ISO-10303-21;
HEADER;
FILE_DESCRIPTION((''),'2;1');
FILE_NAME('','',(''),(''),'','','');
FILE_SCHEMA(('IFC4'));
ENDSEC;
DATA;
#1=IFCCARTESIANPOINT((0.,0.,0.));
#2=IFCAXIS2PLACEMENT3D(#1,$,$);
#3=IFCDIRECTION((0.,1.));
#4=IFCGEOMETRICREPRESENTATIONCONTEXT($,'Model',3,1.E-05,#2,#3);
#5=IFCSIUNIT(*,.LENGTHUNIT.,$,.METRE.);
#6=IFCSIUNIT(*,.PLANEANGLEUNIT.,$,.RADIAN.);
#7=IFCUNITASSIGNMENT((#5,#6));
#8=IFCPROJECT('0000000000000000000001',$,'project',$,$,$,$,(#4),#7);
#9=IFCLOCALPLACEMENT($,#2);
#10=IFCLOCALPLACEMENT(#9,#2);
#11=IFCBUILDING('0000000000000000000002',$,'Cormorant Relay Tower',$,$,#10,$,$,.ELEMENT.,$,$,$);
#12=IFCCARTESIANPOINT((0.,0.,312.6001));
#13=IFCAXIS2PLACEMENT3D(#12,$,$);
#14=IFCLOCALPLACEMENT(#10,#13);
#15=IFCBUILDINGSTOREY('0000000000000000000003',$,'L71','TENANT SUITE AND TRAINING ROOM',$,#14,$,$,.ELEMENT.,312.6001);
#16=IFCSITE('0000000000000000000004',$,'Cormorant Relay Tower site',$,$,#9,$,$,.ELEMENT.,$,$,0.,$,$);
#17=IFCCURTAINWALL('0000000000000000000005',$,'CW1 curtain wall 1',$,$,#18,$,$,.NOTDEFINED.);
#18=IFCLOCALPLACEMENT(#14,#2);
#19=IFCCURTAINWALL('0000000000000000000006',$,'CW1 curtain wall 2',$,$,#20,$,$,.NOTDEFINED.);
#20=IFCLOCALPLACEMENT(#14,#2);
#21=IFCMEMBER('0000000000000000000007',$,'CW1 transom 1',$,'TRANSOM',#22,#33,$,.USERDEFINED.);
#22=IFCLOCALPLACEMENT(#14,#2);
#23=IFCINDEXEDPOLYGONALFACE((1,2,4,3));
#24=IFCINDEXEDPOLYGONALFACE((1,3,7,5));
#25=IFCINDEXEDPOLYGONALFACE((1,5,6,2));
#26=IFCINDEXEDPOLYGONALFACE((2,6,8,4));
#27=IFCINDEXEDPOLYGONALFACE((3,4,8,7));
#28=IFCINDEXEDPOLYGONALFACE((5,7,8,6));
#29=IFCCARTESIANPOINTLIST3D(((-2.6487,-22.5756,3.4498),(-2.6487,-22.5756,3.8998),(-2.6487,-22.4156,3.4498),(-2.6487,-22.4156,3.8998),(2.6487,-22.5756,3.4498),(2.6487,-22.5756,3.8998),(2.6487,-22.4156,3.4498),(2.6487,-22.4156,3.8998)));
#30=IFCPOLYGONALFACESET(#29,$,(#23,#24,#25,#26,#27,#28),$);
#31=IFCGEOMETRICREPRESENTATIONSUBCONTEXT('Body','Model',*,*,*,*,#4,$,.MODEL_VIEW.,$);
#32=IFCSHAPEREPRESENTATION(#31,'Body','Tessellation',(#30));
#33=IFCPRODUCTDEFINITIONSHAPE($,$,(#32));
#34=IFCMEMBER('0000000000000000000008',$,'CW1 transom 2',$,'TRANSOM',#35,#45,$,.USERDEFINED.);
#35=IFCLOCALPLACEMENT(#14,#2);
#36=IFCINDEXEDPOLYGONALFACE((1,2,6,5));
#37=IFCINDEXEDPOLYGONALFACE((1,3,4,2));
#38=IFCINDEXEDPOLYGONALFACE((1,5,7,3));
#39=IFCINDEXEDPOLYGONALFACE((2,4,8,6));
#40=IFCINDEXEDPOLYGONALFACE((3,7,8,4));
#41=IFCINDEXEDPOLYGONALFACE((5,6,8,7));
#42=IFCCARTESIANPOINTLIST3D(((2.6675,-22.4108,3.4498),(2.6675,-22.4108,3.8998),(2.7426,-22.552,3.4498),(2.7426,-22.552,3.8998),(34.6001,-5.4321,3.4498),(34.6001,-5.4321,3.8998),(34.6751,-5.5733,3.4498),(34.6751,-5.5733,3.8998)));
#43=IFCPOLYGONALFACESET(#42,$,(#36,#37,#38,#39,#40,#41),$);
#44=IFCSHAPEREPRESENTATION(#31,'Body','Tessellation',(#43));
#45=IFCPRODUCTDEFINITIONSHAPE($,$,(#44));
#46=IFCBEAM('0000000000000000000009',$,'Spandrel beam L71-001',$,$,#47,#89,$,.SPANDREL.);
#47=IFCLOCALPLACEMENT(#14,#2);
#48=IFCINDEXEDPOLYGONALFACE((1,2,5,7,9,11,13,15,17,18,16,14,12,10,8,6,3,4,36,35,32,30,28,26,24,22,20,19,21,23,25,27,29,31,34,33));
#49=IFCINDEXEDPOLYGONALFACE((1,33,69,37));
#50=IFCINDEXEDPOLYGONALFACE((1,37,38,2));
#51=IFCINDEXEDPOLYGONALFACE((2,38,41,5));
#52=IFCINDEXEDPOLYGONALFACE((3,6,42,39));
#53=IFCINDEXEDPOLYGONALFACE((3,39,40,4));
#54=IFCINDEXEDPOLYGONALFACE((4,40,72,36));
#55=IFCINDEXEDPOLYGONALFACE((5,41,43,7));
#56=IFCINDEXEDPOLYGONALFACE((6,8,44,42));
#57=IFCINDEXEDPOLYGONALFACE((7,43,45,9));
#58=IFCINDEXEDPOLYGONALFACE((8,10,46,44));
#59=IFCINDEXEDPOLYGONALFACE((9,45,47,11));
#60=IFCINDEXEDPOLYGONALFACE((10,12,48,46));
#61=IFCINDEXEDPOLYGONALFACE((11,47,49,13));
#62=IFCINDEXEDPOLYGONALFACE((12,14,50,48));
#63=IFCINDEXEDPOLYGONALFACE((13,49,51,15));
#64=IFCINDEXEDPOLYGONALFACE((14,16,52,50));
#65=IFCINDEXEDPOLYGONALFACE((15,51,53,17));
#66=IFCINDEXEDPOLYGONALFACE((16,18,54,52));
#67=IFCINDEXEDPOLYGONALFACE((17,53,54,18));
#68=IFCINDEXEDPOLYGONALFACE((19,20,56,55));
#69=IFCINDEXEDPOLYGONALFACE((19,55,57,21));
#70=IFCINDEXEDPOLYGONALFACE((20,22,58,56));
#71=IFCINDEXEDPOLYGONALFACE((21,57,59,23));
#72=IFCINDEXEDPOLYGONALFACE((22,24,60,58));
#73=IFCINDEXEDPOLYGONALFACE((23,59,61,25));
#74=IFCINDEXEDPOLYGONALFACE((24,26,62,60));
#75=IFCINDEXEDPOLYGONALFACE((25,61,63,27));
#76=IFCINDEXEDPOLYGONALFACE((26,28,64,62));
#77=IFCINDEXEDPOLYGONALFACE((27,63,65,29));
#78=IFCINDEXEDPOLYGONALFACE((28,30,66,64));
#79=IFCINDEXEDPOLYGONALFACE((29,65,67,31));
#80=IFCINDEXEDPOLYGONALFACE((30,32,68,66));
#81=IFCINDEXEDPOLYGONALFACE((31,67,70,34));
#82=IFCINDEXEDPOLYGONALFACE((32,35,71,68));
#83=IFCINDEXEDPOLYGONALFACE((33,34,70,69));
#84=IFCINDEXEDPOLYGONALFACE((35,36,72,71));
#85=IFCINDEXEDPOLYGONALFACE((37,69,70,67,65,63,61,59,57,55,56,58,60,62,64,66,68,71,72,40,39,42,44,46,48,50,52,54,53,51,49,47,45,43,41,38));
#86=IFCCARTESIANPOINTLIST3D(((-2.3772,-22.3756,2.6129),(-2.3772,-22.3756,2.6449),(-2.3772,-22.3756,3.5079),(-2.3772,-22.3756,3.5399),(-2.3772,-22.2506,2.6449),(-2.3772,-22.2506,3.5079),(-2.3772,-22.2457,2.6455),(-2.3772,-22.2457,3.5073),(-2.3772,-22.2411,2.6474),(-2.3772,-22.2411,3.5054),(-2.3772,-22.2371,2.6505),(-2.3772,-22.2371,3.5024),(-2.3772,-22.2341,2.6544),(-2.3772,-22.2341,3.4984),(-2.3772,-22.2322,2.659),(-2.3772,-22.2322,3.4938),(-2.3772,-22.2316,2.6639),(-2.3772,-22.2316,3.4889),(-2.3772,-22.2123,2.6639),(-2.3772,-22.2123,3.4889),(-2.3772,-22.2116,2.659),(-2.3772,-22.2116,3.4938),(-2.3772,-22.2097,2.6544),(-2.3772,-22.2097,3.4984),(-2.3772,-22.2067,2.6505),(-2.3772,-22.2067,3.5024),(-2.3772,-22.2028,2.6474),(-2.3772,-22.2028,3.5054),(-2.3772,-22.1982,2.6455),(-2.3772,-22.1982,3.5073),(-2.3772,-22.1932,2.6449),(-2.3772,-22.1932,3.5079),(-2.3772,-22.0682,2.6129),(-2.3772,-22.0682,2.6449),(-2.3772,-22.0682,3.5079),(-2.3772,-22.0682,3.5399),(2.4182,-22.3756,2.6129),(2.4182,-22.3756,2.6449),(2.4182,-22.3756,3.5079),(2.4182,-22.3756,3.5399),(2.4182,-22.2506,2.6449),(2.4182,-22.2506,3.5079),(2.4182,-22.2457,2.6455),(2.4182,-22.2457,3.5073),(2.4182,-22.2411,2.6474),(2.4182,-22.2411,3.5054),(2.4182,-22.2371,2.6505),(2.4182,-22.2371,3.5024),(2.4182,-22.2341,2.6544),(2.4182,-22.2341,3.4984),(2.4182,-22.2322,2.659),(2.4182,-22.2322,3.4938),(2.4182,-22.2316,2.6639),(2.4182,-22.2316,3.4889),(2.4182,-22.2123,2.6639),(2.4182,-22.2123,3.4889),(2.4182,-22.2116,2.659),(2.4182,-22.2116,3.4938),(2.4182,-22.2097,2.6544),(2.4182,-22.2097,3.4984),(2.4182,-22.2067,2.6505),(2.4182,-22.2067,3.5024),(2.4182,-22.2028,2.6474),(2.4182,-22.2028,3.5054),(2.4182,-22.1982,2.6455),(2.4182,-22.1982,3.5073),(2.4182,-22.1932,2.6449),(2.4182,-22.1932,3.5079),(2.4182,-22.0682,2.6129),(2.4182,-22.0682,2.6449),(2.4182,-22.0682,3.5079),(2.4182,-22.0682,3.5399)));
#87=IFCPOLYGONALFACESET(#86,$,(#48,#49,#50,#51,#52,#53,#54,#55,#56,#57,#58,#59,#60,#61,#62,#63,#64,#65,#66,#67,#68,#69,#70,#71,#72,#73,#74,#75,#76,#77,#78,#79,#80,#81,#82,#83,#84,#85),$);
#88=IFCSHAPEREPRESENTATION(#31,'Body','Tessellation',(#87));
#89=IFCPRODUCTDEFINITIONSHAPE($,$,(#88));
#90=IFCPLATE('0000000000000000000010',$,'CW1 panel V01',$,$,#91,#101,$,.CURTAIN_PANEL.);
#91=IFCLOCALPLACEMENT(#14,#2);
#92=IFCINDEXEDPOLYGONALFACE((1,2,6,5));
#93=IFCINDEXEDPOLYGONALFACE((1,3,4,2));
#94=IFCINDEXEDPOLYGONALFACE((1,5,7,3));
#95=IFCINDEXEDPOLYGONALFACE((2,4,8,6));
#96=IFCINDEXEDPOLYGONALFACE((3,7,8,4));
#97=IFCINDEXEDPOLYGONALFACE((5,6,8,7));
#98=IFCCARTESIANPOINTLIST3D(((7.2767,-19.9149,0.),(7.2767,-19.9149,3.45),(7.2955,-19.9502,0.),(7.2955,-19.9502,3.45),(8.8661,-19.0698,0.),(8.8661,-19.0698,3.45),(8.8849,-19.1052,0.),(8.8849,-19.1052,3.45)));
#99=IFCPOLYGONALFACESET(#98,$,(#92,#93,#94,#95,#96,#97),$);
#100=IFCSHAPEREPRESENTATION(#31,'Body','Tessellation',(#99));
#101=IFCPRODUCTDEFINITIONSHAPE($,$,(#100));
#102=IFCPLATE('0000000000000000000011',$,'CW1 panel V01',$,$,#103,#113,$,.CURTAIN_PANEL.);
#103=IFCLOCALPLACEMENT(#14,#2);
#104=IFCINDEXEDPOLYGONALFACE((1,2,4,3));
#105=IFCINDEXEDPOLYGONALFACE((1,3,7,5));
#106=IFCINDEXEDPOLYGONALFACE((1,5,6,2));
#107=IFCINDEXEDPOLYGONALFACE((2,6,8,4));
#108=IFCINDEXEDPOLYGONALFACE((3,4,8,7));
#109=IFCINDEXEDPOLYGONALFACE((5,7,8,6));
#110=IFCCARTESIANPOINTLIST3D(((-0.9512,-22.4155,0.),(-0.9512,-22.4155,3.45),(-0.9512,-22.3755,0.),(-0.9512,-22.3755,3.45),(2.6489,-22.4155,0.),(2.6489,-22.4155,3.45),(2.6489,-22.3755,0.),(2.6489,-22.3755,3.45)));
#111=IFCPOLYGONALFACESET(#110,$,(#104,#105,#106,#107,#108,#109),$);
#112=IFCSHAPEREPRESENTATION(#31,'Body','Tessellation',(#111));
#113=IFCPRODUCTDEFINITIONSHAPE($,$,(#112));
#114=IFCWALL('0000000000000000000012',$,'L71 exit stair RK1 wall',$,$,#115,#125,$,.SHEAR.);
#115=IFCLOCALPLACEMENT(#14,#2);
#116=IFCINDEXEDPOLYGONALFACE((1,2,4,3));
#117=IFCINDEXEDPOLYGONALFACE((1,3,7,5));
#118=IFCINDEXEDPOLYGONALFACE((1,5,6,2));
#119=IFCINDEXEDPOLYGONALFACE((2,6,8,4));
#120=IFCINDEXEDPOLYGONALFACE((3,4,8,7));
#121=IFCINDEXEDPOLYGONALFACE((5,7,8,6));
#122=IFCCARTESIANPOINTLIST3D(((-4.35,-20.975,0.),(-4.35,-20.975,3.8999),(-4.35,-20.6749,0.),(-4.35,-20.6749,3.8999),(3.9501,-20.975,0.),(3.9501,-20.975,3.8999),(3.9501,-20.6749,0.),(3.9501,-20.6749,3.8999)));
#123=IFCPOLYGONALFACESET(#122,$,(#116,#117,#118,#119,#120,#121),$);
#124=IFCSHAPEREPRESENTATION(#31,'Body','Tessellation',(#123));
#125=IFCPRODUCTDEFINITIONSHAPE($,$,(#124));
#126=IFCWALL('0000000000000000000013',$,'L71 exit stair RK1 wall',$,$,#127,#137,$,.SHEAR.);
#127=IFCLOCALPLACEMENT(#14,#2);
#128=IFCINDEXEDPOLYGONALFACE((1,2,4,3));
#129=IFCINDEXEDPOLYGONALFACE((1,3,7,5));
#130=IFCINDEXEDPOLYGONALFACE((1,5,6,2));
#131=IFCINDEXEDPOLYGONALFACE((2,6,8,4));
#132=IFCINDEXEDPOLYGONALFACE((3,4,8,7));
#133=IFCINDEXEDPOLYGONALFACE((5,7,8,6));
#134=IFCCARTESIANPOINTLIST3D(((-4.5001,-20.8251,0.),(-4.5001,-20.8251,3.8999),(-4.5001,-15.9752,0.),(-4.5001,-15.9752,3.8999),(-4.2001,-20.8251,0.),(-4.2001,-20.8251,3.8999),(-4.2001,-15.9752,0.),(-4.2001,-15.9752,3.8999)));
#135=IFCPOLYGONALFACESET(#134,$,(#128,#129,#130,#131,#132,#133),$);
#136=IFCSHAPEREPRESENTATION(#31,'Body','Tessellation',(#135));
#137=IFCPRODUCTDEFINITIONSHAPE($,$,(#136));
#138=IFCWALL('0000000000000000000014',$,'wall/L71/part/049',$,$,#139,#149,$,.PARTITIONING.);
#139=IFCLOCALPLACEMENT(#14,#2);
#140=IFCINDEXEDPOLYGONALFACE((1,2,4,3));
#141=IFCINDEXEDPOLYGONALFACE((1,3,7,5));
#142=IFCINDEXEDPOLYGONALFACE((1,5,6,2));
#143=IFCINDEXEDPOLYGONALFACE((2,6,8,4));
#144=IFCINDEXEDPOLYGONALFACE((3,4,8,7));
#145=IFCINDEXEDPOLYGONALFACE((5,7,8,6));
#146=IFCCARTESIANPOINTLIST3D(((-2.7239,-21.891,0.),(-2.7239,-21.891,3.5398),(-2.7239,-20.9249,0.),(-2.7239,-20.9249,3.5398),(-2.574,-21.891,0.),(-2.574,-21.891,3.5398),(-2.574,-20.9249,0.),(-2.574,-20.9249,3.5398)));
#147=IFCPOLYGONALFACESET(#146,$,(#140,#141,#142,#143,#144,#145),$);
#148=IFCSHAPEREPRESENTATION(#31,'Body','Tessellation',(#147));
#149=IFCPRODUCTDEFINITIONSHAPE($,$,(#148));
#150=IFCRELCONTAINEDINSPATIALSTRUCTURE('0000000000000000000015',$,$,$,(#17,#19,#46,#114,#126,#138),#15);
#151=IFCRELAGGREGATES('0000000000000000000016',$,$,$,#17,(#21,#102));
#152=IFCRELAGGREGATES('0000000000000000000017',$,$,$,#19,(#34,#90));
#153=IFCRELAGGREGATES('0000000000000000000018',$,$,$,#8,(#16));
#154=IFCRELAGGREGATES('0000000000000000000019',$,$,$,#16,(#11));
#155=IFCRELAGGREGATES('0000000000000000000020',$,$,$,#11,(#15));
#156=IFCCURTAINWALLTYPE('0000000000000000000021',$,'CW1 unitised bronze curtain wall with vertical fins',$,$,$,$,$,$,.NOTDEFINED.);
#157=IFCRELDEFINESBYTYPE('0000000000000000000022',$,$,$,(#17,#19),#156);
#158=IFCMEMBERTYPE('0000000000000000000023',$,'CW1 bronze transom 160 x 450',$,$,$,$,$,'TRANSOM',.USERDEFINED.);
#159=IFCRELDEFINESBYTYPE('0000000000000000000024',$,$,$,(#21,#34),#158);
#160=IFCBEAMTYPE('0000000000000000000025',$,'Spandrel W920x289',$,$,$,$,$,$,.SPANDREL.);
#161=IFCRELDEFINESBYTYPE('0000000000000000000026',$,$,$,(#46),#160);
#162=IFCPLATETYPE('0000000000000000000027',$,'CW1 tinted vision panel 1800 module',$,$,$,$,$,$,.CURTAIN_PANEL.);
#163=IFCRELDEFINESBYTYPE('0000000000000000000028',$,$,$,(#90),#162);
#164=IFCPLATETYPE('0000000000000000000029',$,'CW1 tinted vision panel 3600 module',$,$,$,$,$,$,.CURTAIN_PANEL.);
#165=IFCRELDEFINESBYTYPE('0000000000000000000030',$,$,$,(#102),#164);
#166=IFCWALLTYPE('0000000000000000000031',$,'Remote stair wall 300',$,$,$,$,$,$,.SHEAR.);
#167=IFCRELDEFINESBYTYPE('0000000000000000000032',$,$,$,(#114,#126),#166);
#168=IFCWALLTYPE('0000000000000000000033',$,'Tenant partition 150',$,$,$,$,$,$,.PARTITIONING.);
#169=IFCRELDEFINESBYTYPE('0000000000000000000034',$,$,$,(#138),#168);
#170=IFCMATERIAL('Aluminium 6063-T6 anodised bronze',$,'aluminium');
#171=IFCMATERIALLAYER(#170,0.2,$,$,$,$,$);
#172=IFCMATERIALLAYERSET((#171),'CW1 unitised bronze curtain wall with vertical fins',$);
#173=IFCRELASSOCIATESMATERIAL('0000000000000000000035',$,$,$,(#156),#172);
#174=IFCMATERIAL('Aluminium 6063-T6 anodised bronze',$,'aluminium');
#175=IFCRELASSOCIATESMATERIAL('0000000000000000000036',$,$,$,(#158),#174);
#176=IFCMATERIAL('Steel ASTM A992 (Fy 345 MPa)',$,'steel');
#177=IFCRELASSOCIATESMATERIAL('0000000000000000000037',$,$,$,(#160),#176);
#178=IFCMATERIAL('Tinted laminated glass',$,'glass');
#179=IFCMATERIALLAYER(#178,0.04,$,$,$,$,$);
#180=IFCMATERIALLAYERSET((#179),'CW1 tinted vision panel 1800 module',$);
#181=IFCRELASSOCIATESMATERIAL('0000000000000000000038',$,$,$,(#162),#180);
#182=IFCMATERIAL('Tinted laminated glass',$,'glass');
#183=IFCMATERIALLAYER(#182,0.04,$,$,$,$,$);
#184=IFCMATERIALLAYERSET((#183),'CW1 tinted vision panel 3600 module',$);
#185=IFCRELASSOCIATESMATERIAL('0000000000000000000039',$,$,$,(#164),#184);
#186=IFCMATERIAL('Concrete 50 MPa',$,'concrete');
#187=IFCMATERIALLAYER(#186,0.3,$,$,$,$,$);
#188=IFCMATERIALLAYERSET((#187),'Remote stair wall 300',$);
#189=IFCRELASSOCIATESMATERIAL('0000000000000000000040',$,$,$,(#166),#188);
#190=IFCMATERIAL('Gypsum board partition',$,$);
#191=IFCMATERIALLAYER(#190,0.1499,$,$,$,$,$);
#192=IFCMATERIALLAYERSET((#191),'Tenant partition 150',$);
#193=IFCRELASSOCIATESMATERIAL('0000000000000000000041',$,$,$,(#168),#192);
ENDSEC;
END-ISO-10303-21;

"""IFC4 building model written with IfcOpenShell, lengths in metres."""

from ifc_helpers import new_model, si_unit, direction, frame, frame_2d, origin, origin_2d, place, context, subcontext, project, spatial, rectangle, i_section, extrude, material, layer, layer_set, material_profile, profile_set, type_object, element, aggregate, save


model = new_model("IFC4")

# Units and contexts
model_context = context("Model", 3, precision=1e-05, world=origin(), true_north=direction((0.0, 1.0)))
body_context = subcontext(model_context, "Body", "Model", "MODEL_VIEW")
ifc_project = project(units=[si_unit("LENGTHUNIT", "METRE"), si_unit("PLANEANGLEUNIT", "RADIAN")], contexts=[model_context])

# Site, building, storey
site_placement = place(None, origin())
site = spatial("IfcSite", under=ifc_project, at=site_placement, Name="Cormorant Relay Tower site", CompositionType="ELEMENT", RefElevation=0.0)
building_placement = place(site_placement, origin())
building = spatial("IfcBuilding", under=site, at=building_placement, Name="Cormorant Relay Tower", CompositionType="ELEMENT")
storey_placement = place(building_placement, frame((0.0, 0.0, 312.6001)))
storey = spatial("IfcBuildingStorey", under=building, at=storey_placement, Name="L71", Description="TENANT SUITE AND TRAINING ROOM", CompositionType="ELEMENT", Elevation=312.6001)

# Curtain wall
ifc_material_1 = material(Name="Aluminium 6063-T6 anodised bronze", Category="aluminium")
ifc_layer_1 = layer(ifc_material_1, 0.2)
ifc_layer_set_1 = layer_set([ifc_layer_1], Name="CW1 unitised bronze curtain wall with vertical fins")
curtain_wall_type = type_object("IfcCurtainWallType", Name="CW1 unitised bronze curtain wall with vertical fins", PredefinedType="NOTDEFINED", material=ifc_layer_set_1)
curtain_wall_1_placement = place(storey_placement, origin())
curtain_wall_1 = element("IfcCurtainWall", 1, at=curtain_wall_1_placement, inside=storey, type_object=curtain_wall_type, Name="CW1 curtain wall 1", PredefinedType="NOTDEFINED")

# Curtain wall
curtain_wall_2_placement = place(storey_placement, origin())
curtain_wall_2 = element("IfcCurtainWall", 2, at=curtain_wall_2_placement, inside=storey, type_object=curtain_wall_type, Name="CW1 curtain wall 2", PredefinedType="NOTDEFINED")

# Members
ifc_material_2 = material(Name="Aluminium 6063-T6 anodised bronze", Category="aluminium")
ifc_material_profile_1 = material_profile(ifc_material_2, rectangle(XDim=0.1599, YDim=0.45, at=origin_2d()), Name="AL 160x450")
ifc_profile_set_1 = profile_set([ifc_material_profile_1], Name="Aluminium 6063-T6 anodised bronze")
member_type_1 = type_object("IfcMemberType", Name="CW1 bronze transom 160 x 450", ElementType="TRANSOM", PredefinedType="USERDEFINED", material=ifc_profile_set_1)
member_1_placement = place(storey_placement, frame((-2.6487, -22.4956, 3.6748), z_axis=(1.0, 0.0, 0.0), x_axis=(0.0, 1.0, 0.0)))
member_1 = element("IfcMember", 3, at=member_1_placement, type_object=member_type_1, Name="CW1 transom 1", ObjectType="TRANSOM", PredefinedType="USERDEFINED", context=body_context, shape_type="SweptSolid", body=[
    extrude(rectangle(XDim=0.1599, YDim=0.45, at=origin_2d()), origin(), (0.0, 0.0, 1.0), 5.2974),
])
member_2_placement = place(storey_placement, frame((2.7051, -22.4814, 3.6748), z_axis=(0.882949, 0.469469, 0.0), x_axis=(-0.469469, 0.882949, 0.0)))
member_2 = element("IfcMember", 4, at=member_2_placement, type_object=member_type_1, Name="CW1 transom 2", ObjectType="TRANSOM", PredefinedType="USERDEFINED", context=body_context, shape_type="SweptSolid", body=[
    extrude(rectangle(XDim=0.1599, YDim=0.45, at=origin_2d()), origin(), (0.0, 0.0, 1.0), 36.1658),
])

# Beam
ifc_material_3 = material(Name="Steel ASTM A992 (Fy 345 MPa)", Category="steel")
ifc_material_profile_2 = material_profile(ifc_material_3, i_section(OverallWidth=0.3074, OverallDepth=0.927, WebThickness=0.0193, FlangeThickness=0.032, FilletRadius=0.019, at=origin_2d()), Name="W920x289")
ifc_profile_set_2 = profile_set([ifc_material_profile_2], Name="Steel ASTM A992 (Fy 345 MPa)")
beam_type = type_object("IfcBeamType", Name="Spandrel W920x289", PredefinedType="SPANDREL", material=ifc_profile_set_2)
beam_placement = place(storey_placement, frame((-2.3772, -22.2219, 3.0764), z_axis=(1.0, 0.0, 0.0), x_axis=(0.0, 1.0, 0.0)))
element("IfcBeam", 5, at=beam_placement, inside=storey, type_object=beam_type, Name="Spandrel beam L71-001", PredefinedType="SPANDREL", context=body_context, shape_type="SweptSolid", body=[
    extrude(i_section(OverallWidth=0.3074, OverallDepth=0.927, WebThickness=0.0193, FlangeThickness=0.032, FilletRadius=0.019, at=origin_2d()), origin(), (0.0, 0.0, 1.0), 4.7954),
])

# Plates
ifc_material_4 = material(Name="Tinted laminated glass", Category="glass")
ifc_layer_2 = layer(ifc_material_4, 0.04)
ifc_layer_set_2 = layer_set([ifc_layer_2], Name="CW1 tinted vision panel 1800 module")
plate_type_1 = type_object("IfcPlateType", Name="CW1 tinted vision panel 1800 module", PredefinedType="CURTAIN_PANEL", material=ifc_layer_set_2)
plate_1_placement = place(storey_placement, frame((8.0808, -19.51, 0.0), z_axis=(0.0, 0.0, 1.0), x_axis=(0.882948, 0.469472, 0.0)))
plate_1 = element("IfcPlate", 6, at=plate_1_placement, type_object=plate_type_1, Name="CW1 panel V01", PredefinedType="CURTAIN_PANEL", context=body_context, shape_type="SweptSolid", body=[
    extrude(rectangle(XDim=1.8, YDim=0.04, at=origin_2d()), origin(), (0.0, 0.0, 1.0), 3.45),
])
ifc_material_5 = material(Name="Tinted laminated glass", Category="glass")
ifc_layer_3 = layer(ifc_material_5, 0.04)
ifc_layer_set_3 = layer_set([ifc_layer_3], Name="CW1 tinted vision panel 3600 module")
plate_type_2 = type_object("IfcPlateType", Name="CW1 tinted vision panel 3600 module", PredefinedType="CURTAIN_PANEL", material=ifc_layer_set_3)
plate_2_placement = place(storey_placement, frame((0.8489, -22.3955, 0.0), z_axis=(0.0, 0.0, 1.0), x_axis=(1.0, 0.0, 0.0)))
plate_2 = element("IfcPlate", 7, at=plate_2_placement, type_object=plate_type_2, Name="CW1 panel V01", PredefinedType="CURTAIN_PANEL", context=body_context, shape_type="SweptSolid", body=[
    extrude(rectangle(XDim=3.6001, YDim=0.04, at=origin_2d()), origin(), (0.0, 0.0, 1.0), 3.45),
])

# Walls
ifc_material_6 = material(Name="Concrete 50 MPa", Category="concrete")
ifc_layer_4 = layer(ifc_material_6, 0.3)
ifc_layer_set_4 = layer_set([ifc_layer_4], Name="Remote stair wall 300")
wall_type_1 = type_object("IfcWallType", Name="Remote stair wall 300", PredefinedType="SHEAR", material=ifc_layer_set_4)
wall_1_placement = place(storey_placement, frame((3.95, -20.825, 0.0), z_axis=(0.0, 0.0, 1.0), x_axis=(-1.0, 0.0, 0.0)))
element("IfcWall", 8, at=wall_1_placement, inside=storey, type_object=wall_type_1, Name="L71 exit stair RK1 wall", PredefinedType="SHEAR", context=body_context, shape_type="SweptSolid", body=[
    extrude(rectangle(XDim=8.3, YDim=0.3, at=frame_2d((4.1499, 0.0))), origin(), (0.0, 0.0, 1.0), 3.8999),
])
wall_2_placement = place(storey_placement, frame((-4.3501, -20.825, 0.0), z_axis=(0.0, 0.0, 1.0), x_axis=(0.0, 1.0, 0.0)))
element("IfcWall", 9, at=wall_2_placement, inside=storey, type_object=wall_type_1, Name="L71 exit stair RK1 wall", PredefinedType="SHEAR", context=body_context, shape_type="SweptSolid", body=[
    extrude(rectangle(XDim=4.8499, YDim=0.3, at=frame_2d((2.4248, 0.0))), origin(), (0.0, 0.0, 1.0), 3.8999),
])
ifc_material_7 = material(Name="Gypsum board partition")
ifc_layer_5 = layer(ifc_material_7, 0.1499)
ifc_layer_set_5 = layer_set([ifc_layer_5], Name="Tenant partition 150")
wall_type_2 = type_object("IfcWallType", Name="Tenant partition 150", PredefinedType="PARTITIONING", material=ifc_layer_set_5)
wall_3_placement = place(storey_placement, frame((-2.6489, -20.925, 0.0), z_axis=(0.0, 0.0, 1.0), x_axis=(0.0, -1.0, 0.0)))
element("IfcWall", 10, at=wall_3_placement, inside=storey, type_object=wall_type_2, Name="wall/L71/part/049", PredefinedType="PARTITIONING", context=body_context, shape_type="SweptSolid", body=[
    extrude(rectangle(XDim=0.9661, YDim=0.1499, at=frame_2d((0.4829, 0.0))), origin(), (0.0, 0.0, 1.0), 3.5398),
])

aggregate(curtain_wall_1, [member_1, plate_2])
aggregate(curtain_wall_2, [member_2, plate_1])

save(model, "model.ifc")
